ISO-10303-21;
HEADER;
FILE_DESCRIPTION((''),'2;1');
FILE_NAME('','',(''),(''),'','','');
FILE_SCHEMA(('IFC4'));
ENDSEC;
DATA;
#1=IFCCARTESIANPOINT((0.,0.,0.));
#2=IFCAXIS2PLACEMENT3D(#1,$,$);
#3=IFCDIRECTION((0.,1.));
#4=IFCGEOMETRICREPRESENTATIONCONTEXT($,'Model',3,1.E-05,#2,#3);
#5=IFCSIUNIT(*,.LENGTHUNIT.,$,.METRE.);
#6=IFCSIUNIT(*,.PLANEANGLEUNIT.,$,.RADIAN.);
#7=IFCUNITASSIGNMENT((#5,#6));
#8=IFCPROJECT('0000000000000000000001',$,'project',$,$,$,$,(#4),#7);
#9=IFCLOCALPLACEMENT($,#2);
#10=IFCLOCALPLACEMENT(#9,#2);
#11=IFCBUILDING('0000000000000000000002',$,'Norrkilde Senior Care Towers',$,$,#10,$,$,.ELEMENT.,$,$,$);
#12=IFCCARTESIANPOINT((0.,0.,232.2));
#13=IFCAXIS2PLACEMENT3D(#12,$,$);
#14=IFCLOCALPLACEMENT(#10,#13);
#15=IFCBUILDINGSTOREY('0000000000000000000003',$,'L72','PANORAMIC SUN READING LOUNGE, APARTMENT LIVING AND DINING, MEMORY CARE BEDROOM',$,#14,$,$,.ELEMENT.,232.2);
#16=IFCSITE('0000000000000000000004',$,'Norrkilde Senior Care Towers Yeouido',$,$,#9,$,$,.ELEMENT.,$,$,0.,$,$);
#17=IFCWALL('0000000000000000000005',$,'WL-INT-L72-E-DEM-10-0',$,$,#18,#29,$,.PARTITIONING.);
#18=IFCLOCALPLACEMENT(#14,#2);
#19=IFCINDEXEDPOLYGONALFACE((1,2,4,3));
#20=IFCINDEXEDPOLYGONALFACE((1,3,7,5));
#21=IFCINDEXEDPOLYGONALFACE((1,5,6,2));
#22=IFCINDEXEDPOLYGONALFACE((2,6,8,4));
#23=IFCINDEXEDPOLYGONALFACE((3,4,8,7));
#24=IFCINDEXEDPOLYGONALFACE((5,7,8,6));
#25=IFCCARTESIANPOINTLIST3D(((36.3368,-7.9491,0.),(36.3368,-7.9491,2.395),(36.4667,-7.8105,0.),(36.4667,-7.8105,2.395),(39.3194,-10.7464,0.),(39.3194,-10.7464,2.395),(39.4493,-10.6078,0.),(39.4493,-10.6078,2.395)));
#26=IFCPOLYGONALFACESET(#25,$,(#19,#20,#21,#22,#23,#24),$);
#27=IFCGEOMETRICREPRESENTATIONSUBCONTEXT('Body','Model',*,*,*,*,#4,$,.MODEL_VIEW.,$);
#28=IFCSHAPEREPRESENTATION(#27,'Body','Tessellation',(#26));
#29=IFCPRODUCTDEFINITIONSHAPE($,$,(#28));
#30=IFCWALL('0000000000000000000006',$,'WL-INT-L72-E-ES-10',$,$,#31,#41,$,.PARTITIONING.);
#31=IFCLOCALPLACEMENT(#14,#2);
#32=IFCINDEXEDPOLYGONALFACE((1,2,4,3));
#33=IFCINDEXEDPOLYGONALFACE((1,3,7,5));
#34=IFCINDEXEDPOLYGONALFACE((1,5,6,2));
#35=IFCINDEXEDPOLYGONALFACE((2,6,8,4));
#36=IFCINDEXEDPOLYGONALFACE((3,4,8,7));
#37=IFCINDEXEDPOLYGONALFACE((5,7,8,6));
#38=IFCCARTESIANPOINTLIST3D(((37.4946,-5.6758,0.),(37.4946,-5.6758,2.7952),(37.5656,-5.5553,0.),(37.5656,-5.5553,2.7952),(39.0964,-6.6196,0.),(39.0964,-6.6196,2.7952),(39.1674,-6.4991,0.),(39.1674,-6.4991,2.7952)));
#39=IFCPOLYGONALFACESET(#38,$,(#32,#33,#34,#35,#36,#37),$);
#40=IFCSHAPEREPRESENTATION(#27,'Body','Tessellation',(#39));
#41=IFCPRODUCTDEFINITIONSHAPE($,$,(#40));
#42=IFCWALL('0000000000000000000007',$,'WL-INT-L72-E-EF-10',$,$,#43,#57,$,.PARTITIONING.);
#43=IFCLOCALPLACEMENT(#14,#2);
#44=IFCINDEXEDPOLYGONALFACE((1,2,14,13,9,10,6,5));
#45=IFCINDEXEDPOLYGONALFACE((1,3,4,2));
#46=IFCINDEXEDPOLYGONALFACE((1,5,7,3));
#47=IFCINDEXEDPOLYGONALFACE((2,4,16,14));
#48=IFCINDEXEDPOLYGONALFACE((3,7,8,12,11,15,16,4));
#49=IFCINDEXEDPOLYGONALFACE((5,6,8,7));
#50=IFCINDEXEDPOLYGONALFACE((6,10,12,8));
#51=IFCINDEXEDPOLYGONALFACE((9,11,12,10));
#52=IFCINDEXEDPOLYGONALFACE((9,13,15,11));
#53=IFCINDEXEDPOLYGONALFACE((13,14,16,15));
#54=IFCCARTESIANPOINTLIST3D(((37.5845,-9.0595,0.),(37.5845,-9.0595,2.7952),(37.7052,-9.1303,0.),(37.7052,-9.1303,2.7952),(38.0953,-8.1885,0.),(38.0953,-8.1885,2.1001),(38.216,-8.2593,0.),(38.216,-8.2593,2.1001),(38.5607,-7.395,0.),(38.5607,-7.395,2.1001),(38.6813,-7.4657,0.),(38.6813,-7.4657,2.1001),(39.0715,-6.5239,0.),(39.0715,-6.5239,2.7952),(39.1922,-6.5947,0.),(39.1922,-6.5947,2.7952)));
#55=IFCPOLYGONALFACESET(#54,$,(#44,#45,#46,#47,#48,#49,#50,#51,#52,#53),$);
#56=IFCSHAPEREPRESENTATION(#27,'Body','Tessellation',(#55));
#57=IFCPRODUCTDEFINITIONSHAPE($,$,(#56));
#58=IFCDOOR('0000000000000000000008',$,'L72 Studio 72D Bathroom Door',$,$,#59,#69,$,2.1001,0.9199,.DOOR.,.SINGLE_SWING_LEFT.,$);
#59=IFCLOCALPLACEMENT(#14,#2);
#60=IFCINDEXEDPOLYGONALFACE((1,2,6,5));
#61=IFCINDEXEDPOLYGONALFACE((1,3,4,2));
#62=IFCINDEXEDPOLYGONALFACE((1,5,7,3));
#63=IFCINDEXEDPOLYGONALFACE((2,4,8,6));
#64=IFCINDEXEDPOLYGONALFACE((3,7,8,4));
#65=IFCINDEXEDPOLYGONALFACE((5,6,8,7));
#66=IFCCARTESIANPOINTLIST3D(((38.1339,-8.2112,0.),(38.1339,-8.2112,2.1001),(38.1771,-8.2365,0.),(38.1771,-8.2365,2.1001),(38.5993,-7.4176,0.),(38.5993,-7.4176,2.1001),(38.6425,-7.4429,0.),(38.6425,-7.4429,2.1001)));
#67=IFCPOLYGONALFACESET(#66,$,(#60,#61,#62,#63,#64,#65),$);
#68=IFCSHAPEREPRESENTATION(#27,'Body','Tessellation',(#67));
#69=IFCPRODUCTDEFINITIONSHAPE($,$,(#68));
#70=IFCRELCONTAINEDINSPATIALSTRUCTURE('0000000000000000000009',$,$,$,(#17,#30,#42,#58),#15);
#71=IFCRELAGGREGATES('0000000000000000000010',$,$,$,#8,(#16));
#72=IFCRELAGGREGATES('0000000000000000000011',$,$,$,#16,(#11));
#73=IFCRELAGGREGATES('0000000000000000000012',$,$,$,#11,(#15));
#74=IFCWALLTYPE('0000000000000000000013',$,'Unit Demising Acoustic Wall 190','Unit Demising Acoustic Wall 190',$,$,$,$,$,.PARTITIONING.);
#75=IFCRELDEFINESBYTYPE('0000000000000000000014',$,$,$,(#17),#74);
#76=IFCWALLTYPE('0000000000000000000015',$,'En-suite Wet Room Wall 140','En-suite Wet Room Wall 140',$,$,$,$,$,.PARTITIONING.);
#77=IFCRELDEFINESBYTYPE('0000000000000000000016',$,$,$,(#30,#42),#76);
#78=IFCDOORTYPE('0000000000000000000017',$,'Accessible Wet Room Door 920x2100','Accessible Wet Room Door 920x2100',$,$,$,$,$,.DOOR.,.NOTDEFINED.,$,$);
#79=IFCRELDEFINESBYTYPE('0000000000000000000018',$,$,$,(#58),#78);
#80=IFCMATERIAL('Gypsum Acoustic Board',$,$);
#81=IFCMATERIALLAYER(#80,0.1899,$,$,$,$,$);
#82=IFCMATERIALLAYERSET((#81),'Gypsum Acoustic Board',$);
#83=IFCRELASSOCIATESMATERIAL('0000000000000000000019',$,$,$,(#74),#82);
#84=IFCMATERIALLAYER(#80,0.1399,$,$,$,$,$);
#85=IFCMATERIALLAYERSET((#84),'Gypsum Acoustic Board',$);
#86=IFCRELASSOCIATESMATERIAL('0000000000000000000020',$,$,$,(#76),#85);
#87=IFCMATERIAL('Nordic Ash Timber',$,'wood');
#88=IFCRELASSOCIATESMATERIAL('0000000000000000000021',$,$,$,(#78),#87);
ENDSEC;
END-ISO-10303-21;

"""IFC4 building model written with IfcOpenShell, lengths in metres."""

from ifc_helpers import new_model, si_unit, direction, frame, frame_2d, origin, place, context, subcontext, project, spatial, rectangle, extrude, source, transform, mapped, material, layer, layer_set, type_object, type_shapes, element, fill, save


model = new_model("IFC4")

# Units and contexts
model_context = context("Model", 3, precision=1e-05, world=origin(), true_north=direction((0.0, 1.0)))
body_context = subcontext(model_context, "Body", "Model", "MODEL_VIEW")
ifc_project = project(units=[si_unit("LENGTHUNIT", "METRE"), si_unit("PLANEANGLEUNIT", "RADIAN")], contexts=[model_context])

# Site, building, storey
site_placement = place(None, origin())
site = spatial("IfcSite", under=ifc_project, at=site_placement, Name="Norrkilde Senior Care Towers Yeouido", CompositionType="ELEMENT", RefElevation=0.0)
building_placement = place(site_placement, origin())
building = spatial("IfcBuilding", under=site, at=building_placement, Name="Norrkilde Senior Care Towers", CompositionType="ELEMENT")
storey_placement = place(building_placement, frame((0.0, 0.0, 232.2)))
storey = spatial("IfcBuildingStorey", under=building, at=storey_placement, Name="L72", Description="PANORAMIC SUN READING LOUNGE, APARTMENT LIVING AND DINING, MEMORY CARE BEDROOM", CompositionType="ELEMENT", Elevation=232.2)

# Shared definitions
ifc_material_1 = material(Name="Gypsum Acoustic Board")
ifc_material_2 = material(Name="Nordic Ash Timber", Category="wood")

# Walls
ifc_layer_1 = layer(ifc_material_1, 0.1899)
ifc_layer_set_1 = layer_set([ifc_layer_1], Name="Gypsum Acoustic Board")
wall_type_1 = type_object("IfcWallType", Name="Unit Demising Acoustic Wall 190", Description="Unit Demising Acoustic Wall 190", PredefinedType="PARTITIONING", material=ifc_layer_set_1)
shared_shape_1 = source(origin(), body_context, "Body", "SweptSolid", [
    extrude(rectangle(XDim=4.0891, YDim=0.1899, at=frame_2d((2.0444, 0.0))), origin(), (0.0, 0.0, 1.0), 2.395),
])
type_shapes(wall_type_1, [shared_shape_1])
wall_1_placement = place(storey_placement, frame((36.4019, -7.8799, 0.0), z_axis=(0.0, 0.0, 1.0), x_axis=(0.729401, -0.684086, 0.0)))
element("IfcWall", 1, at=wall_1_placement, inside=storey, type_object=wall_type_1, Name="WL-INT-L72-E-DEM-10-0", PredefinedType="PARTITIONING", context=body_context, shape_type="MappedRepresentation", body=[
    mapped(shared_shape_1, transform((0.0, 0.0, 0.0), x_axis=(1.0, 0.0, 0.0), y_axis=(0.0, 1.0, 0.0), z_axis=(0.0, 0.0, 1.0), scale=1.0)),
])
ifc_layer_2 = layer(ifc_material_1, 0.1399)
ifc_layer_set_2 = layer_set([ifc_layer_2], Name="Gypsum Acoustic Board")
wall_type_2 = type_object("IfcWallType", Name="En-suite Wet Room Wall 140", Description="En-suite Wet Room Wall 140", PredefinedType="PARTITIONING", material=ifc_layer_set_2)
shared_shape_2 = source(origin(), body_context, "Body", "SweptSolid", [
    extrude(rectangle(XDim=1.8591, YDim=0.1399, at=frame_2d((0.9297, 0.0))), origin(), (0.0, 0.0, 1.0), 2.7952),
])
wall_2_placement = place(storey_placement, frame((37.53, -5.6155, 0.0), z_axis=(0.0, 0.0, 1.0), x_axis=(0.861556, -0.507663, 0.0)))
element("IfcWall", 2, at=wall_2_placement, inside=storey, type_object=wall_type_2, Name="WL-INT-L72-E-ES-10", PredefinedType="PARTITIONING", context=body_context, shape_type="MappedRepresentation", body=[
    mapped(shared_shape_2, transform((0.0, 0.0, 0.0), x_axis=(1.0, 0.0, 0.0), y_axis=(0.0, 1.0, 0.0), z_axis=(0.0, 0.0, 1.0), scale=1.0)),
])

# Wall, opening, door
shared_shape_3 = source(origin(), body_context, "Body", "SweptSolid", [
    extrude(rectangle(XDim=2.9395, YDim=0.1399, at=frame_2d((1.4697, 0.0))), origin(), (0.0, 0.0, 1.0), 2.7952),
])
type_shapes(wall_type_2, [shared_shape_2, shared_shape_3])
wall_3_placement = place(storey_placement, frame((39.1318, -6.5593, 0.0), z_axis=(0.0, 0.0, 1.0), x_axis=(-0.505884, -0.862602, 0.0)))
wall_3 = element("IfcWall", 3, at=wall_3_placement, inside=storey, type_object=wall_type_2, Name="WL-INT-L72-E-EF-10", PredefinedType="PARTITIONING", context=body_context, shape_type="MappedRepresentation", body=[
    mapped(shared_shape_3, transform((0.0, 0.0, 0.0), x_axis=(1.0, 0.0, 0.0), y_axis=(0.0, 1.0, 0.0), z_axis=(0.0, 0.0, 1.0), scale=1.0)),
])
opening_1_placement = place(wall_3_placement, frame((1.0098, 0.0, 0.0)))
opening_1 = element("IfcOpeningElement", 4, at=opening_1_placement, cuts=wall_3, PredefinedType="OPENING", context=body_context, shape_type="SweptSolid", body=[
    extrude(rectangle(XDim=0.9199, YDim=2.1001, at=frame_2d((0.46, 1.05))), frame((0.0, 0.0798, 0.0), z_axis=(0.0, -1.0, 0.0), x_axis=(1.0, 0.0, 0.0)), (0.0, 0.0, 1.0), 0.1599),
])
door_type_1 = type_object("IfcDoorType", Name="Accessible Wet Room Door 920x2100", Description="Accessible Wet Room Door 920x2100", OperationType="NOTDEFINED", PredefinedType="DOOR", material=ifc_material_2)
shared_shape_4 = source(origin(), body_context, "Body", "SweptSolid", [
    extrude(rectangle(XDim=0.9199, YDim=2.1001, at=frame_2d((0.46, 1.05))), frame((0.0, 0.0249, 0.0), z_axis=(0.0, -1.0, 0.0), x_axis=(1.0, 0.0, 0.0)), (0.0, 0.0, 1.0), 0.05),
])
type_shapes(door_type_1, [shared_shape_4])
door_1_placement = place(opening_1_placement, origin())
door_1 = element("IfcDoor", 5, at=door_1_placement, inside=storey, type_object=door_type_1, Name="L72 Studio 72D Bathroom Door", OperationType="SINGLE_SWING_LEFT", OverallHeight=2.1001, OverallWidth=0.9199, PredefinedType="DOOR", context=body_context, shape_type="MappedRepresentation", body=[
    mapped(shared_shape_4, transform((0.0, 0.0, 0.0), x_axis=(1.0, 0.0, 0.0), y_axis=(0.0, 1.0, 0.0), z_axis=(0.0, 0.0, 1.0), scale=1.0)),
])
fill(opening_1, door_1)

save(model, "model.ifc")
